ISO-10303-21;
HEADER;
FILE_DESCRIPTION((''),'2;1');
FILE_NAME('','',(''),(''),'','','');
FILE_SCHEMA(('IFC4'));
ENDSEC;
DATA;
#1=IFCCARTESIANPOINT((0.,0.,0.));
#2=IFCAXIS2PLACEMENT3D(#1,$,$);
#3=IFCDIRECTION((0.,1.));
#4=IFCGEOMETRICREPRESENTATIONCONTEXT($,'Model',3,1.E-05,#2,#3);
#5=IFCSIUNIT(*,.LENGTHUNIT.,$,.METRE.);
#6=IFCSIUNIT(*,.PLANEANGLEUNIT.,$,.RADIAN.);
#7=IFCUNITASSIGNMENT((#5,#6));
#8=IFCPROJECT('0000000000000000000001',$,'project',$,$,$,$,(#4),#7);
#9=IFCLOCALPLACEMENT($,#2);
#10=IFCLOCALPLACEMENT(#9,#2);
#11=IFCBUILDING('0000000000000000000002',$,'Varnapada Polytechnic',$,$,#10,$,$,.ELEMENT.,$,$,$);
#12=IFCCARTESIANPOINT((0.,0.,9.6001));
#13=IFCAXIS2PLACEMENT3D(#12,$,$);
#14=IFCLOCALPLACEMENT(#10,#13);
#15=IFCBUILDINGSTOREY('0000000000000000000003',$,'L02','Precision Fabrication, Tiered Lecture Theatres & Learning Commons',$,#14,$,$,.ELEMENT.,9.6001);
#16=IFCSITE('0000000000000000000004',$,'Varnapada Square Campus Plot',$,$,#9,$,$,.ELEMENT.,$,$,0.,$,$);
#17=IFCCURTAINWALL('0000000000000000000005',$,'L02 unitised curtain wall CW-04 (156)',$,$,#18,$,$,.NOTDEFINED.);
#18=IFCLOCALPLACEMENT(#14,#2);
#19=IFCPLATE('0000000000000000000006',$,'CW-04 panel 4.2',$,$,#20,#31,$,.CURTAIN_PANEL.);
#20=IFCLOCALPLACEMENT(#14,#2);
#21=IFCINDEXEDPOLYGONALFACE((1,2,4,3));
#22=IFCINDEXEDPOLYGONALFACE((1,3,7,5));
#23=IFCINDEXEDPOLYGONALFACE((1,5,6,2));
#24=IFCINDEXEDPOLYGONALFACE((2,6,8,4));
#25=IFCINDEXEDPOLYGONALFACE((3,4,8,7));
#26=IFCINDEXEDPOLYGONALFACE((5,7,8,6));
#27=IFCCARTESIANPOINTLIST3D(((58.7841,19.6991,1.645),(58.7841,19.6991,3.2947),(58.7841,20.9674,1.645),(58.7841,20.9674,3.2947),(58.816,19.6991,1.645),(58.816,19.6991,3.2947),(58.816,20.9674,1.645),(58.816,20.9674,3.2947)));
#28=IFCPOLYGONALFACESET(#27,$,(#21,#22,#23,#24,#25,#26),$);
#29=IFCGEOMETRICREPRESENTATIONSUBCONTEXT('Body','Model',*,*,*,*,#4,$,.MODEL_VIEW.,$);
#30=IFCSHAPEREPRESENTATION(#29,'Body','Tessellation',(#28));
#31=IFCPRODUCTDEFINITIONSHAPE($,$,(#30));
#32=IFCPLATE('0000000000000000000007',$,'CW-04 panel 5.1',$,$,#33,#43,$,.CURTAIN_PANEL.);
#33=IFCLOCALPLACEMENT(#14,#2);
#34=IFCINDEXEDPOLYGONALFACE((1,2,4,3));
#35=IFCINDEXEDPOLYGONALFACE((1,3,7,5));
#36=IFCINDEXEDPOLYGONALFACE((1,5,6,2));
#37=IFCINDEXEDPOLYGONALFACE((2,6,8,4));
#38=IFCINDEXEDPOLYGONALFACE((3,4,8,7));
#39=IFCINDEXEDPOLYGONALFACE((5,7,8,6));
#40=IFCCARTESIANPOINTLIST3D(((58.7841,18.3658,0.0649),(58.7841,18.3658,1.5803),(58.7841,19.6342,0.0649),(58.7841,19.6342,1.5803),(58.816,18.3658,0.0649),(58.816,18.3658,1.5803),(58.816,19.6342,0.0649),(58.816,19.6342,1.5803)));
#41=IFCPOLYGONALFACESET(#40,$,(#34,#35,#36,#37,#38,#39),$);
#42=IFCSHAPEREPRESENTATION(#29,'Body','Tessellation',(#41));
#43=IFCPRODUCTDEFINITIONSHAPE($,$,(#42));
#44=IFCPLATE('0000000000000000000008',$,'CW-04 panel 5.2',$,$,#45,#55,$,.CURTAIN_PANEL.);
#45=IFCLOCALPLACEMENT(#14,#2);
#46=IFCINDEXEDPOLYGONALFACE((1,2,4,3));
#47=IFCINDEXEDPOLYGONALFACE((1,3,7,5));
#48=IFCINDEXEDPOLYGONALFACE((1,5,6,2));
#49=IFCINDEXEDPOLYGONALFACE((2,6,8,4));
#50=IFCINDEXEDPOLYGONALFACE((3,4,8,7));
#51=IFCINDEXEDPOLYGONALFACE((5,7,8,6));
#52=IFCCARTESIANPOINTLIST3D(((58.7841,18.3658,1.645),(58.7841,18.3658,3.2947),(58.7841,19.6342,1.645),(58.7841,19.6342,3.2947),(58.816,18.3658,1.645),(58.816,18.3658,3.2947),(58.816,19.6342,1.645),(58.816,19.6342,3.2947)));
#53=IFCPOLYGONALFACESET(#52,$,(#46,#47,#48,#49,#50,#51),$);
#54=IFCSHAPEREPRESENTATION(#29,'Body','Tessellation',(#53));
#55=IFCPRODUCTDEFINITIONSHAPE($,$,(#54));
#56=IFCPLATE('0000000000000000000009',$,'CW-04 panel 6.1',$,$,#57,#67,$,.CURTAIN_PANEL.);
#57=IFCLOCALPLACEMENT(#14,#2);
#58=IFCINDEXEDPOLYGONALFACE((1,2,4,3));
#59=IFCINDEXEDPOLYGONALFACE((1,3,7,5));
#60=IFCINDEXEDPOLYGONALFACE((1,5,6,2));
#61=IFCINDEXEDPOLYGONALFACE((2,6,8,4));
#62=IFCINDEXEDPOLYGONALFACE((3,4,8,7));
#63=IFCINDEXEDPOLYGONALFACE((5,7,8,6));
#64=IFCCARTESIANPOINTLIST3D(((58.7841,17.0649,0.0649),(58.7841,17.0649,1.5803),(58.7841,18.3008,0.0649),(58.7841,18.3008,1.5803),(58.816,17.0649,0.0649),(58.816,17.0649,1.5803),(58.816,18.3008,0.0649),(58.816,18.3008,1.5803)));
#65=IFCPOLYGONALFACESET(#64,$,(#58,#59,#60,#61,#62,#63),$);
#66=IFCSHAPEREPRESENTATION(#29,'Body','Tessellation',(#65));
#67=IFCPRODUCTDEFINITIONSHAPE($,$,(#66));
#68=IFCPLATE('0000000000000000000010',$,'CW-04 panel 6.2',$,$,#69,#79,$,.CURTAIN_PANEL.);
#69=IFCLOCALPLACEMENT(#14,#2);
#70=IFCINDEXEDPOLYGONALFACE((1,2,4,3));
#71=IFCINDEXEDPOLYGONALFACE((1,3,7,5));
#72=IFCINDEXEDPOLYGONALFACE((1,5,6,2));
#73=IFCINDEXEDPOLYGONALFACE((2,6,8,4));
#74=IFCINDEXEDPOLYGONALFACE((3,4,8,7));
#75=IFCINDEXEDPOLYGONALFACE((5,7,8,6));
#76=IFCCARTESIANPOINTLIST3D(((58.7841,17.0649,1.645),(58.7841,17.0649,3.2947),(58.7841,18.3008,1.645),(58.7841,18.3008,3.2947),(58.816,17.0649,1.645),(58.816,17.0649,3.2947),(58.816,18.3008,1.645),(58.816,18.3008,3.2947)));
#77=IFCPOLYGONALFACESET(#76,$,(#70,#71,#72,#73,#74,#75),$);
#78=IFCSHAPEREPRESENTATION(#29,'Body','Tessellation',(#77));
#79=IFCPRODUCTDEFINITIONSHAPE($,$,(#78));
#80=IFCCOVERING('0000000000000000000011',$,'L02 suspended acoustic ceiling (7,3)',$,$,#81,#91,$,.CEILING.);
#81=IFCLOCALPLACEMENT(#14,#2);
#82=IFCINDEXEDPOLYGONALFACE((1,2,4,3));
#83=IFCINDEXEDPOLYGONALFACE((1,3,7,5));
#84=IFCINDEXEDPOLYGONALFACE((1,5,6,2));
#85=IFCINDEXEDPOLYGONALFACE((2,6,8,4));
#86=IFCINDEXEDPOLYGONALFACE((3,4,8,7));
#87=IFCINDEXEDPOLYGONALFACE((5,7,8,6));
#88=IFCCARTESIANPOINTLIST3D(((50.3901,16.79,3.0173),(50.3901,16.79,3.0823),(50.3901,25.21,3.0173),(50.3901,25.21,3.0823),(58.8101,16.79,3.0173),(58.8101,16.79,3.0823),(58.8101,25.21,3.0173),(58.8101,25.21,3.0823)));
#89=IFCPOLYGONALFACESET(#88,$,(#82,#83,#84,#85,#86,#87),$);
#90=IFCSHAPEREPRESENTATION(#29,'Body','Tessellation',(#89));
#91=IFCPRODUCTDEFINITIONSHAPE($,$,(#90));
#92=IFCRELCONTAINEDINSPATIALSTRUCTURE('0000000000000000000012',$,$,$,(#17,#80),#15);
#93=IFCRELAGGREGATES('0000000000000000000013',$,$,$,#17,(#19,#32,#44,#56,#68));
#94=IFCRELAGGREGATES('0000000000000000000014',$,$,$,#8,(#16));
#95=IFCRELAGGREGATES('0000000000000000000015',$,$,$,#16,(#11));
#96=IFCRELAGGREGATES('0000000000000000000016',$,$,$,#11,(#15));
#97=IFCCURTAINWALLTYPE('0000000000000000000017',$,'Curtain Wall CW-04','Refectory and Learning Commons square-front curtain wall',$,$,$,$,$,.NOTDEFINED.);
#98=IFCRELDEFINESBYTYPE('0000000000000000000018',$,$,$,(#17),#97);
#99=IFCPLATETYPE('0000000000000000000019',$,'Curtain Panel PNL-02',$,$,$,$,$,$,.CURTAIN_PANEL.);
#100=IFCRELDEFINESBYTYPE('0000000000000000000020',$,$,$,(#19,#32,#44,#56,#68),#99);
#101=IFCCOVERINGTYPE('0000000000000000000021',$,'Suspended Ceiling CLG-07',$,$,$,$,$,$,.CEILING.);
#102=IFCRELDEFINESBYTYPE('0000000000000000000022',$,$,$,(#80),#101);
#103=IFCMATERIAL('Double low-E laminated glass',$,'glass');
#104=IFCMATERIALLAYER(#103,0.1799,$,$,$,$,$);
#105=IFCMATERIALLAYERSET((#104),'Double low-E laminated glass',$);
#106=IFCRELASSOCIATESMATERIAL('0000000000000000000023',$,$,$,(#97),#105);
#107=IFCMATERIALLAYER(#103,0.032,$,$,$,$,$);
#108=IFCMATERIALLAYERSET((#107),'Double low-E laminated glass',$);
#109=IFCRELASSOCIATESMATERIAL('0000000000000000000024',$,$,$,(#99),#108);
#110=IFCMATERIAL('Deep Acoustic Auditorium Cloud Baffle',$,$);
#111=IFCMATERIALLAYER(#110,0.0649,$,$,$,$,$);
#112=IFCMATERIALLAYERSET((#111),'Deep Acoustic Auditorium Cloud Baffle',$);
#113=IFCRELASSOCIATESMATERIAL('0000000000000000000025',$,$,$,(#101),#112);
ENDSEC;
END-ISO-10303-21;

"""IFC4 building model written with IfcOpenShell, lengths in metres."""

from ifc_helpers import new_model, si_unit, direction, frame, origin, origin_2d, place, context, subcontext, project, spatial, rectangle, extrude, material, layer, layer_set, type_object, element, aggregate, save


model = new_model("IFC4")

# Units and contexts
model_context = context("Model", 3, precision=1e-05, world=origin(), true_north=direction((0.0, 1.0)))
body_context = subcontext(model_context, "Body", "Model", "MODEL_VIEW")
ifc_project = project(units=[si_unit("LENGTHUNIT", "METRE"), si_unit("PLANEANGLEUNIT", "RADIAN")], contexts=[model_context])

# Site, building, storey
site_placement = place(None, origin())
site = spatial("IfcSite", under=ifc_project, at=site_placement, Name="Varnapada Square Campus Plot", CompositionType="ELEMENT", RefElevation=0.0)
building_placement = place(site_placement, origin())
building = spatial("IfcBuilding", under=site, at=building_placement, Name="Varnapada Polytechnic", CompositionType="ELEMENT")
storey_placement = place(building_placement, frame((0.0, 0.0, 9.6001)))
storey = spatial("IfcBuildingStorey", under=building, at=storey_placement, Name="L02", Description="Precision Fabrication, Tiered Lecture Theatres & Learning Commons", CompositionType="ELEMENT", Elevation=9.6001)

# Curtain wall, plates
ifc_material_1 = material(Name="Double low-E laminated glass", Category="glass")
ifc_layer_1 = layer(ifc_material_1, 0.1799)
ifc_layer_set_1 = layer_set([ifc_layer_1], Name="Double low-E laminated glass")
curtain_wall_type = type_object("IfcCurtainWallType", Name="Curtain Wall CW-04", Description="Refectory and Learning Commons square-front curtain wall", PredefinedType="NOTDEFINED", material=ifc_layer_set_1)
curtain_wall_placement = place(storey_placement, origin())
curtain_wall = element("IfcCurtainWall", 1, at=curtain_wall_placement, inside=storey, type_object=curtain_wall_type, Name="L02 unitised curtain wall CW-04 (156)", PredefinedType="NOTDEFINED")
ifc_layer_2 = layer(ifc_material_1, 0.032)
ifc_layer_set_2 = layer_set([ifc_layer_2], Name="Double low-E laminated glass")
plate_type = type_object("IfcPlateType", Name="Curtain Panel PNL-02", PredefinedType="CURTAIN_PANEL", material=ifc_layer_set_2)
plate_1_placement = place(storey_placement, frame((58.8, 20.3333, 1.645), z_axis=(0.0, 0.0, 1.0), x_axis=(0.0, -1.0, 0.0)))
plate_1 = element("IfcPlate", 2, at=plate_1_placement, type_object=plate_type, Name="CW-04 panel 4.2", PredefinedType="CURTAIN_PANEL", context=body_context, shape_type="SweptSolid", body=[
    extrude(rectangle(XDim=1.2683, YDim=0.032, at=origin_2d()), origin(), (0.0, 0.0, 1.0), 1.6497),
])
plate_2_placement = place(storey_placement, frame((58.8, 19.0, 0.0649), z_axis=(0.0, 0.0, 1.0), x_axis=(0.0, -1.0, 0.0)))
plate_2 = element("IfcPlate", 3, at=plate_2_placement, type_object=plate_type, Name="CW-04 panel 5.1", PredefinedType="CURTAIN_PANEL", context=body_context, shape_type="SweptSolid", body=[
    extrude(rectangle(XDim=1.2683, YDim=0.032, at=origin_2d()), origin(), (0.0, 0.0, 1.0), 1.5154),
])
plate_3_placement = place(storey_placement, frame((58.8, 19.0, 1.645), z_axis=(0.0, 0.0, 1.0), x_axis=(0.0, -1.0, 0.0)))
plate_3 = element("IfcPlate", 4, at=plate_3_placement, type_object=plate_type, Name="CW-04 panel 5.2", PredefinedType="CURTAIN_PANEL", context=body_context, shape_type="SweptSolid", body=[
    extrude(rectangle(XDim=1.2683, YDim=0.032, at=origin_2d()), origin(), (0.0, 0.0, 1.0), 1.6497),
])
plate_4_placement = place(storey_placement, frame((58.8, 17.6829, 0.0649), z_axis=(0.0, 0.0, 1.0), x_axis=(0.0, -1.0, 0.0)))
plate_4 = element("IfcPlate", 5, at=plate_4_placement, type_object=plate_type, Name="CW-04 panel 6.1", PredefinedType="CURTAIN_PANEL", context=body_context, shape_type="SweptSolid", body=[
    extrude(rectangle(XDim=1.2358, YDim=0.032, at=origin_2d()), origin(), (0.0, 0.0, 1.0), 1.5154),
])
plate_5_placement = place(storey_placement, frame((58.8, 17.6829, 1.645), z_axis=(0.0, 0.0, 1.0), x_axis=(0.0, -1.0, 0.0)))
plate_5 = element("IfcPlate", 6, at=plate_5_placement, type_object=plate_type, Name="CW-04 panel 6.2", PredefinedType="CURTAIN_PANEL", context=body_context, shape_type="SweptSolid", body=[
    extrude(rectangle(XDim=1.2358, YDim=0.032, at=origin_2d()), origin(), (0.0, 0.0, 1.0), 1.6497),
])
aggregate(curtain_wall, [plate_1, plate_2, plate_3, plate_4, plate_5])

# Covering
ifc_material_2 = material(Name="Deep Acoustic Auditorium Cloud Baffle")
ifc_layer_3 = layer(ifc_material_2, 0.0649)
ifc_layer_set_3 = layer_set([ifc_layer_3], Name="Deep Acoustic Auditorium Cloud Baffle")
covering_type = type_object("IfcCoveringType", Name="Suspended Ceiling CLG-07", PredefinedType="CEILING", material=ifc_layer_set_3)
covering_placement = place(storey_placement, frame((54.6001, 21.0, 3.0173), z_axis=(0.0, 0.0, 1.0), x_axis=(1.0, 0.0, 0.0)))
element("IfcCovering", 7, at=covering_placement, inside=storey, type_object=covering_type, Name="L02 suspended acoustic ceiling (7,3)", PredefinedType="CEILING", context=body_context, shape_type="SweptSolid", body=[
    extrude(rectangle(XDim=8.4199, YDim=8.4199, at=origin_2d()), origin(), (0.0, 0.0, 1.0), 0.0649),
])

save(model, "model.ifc")
